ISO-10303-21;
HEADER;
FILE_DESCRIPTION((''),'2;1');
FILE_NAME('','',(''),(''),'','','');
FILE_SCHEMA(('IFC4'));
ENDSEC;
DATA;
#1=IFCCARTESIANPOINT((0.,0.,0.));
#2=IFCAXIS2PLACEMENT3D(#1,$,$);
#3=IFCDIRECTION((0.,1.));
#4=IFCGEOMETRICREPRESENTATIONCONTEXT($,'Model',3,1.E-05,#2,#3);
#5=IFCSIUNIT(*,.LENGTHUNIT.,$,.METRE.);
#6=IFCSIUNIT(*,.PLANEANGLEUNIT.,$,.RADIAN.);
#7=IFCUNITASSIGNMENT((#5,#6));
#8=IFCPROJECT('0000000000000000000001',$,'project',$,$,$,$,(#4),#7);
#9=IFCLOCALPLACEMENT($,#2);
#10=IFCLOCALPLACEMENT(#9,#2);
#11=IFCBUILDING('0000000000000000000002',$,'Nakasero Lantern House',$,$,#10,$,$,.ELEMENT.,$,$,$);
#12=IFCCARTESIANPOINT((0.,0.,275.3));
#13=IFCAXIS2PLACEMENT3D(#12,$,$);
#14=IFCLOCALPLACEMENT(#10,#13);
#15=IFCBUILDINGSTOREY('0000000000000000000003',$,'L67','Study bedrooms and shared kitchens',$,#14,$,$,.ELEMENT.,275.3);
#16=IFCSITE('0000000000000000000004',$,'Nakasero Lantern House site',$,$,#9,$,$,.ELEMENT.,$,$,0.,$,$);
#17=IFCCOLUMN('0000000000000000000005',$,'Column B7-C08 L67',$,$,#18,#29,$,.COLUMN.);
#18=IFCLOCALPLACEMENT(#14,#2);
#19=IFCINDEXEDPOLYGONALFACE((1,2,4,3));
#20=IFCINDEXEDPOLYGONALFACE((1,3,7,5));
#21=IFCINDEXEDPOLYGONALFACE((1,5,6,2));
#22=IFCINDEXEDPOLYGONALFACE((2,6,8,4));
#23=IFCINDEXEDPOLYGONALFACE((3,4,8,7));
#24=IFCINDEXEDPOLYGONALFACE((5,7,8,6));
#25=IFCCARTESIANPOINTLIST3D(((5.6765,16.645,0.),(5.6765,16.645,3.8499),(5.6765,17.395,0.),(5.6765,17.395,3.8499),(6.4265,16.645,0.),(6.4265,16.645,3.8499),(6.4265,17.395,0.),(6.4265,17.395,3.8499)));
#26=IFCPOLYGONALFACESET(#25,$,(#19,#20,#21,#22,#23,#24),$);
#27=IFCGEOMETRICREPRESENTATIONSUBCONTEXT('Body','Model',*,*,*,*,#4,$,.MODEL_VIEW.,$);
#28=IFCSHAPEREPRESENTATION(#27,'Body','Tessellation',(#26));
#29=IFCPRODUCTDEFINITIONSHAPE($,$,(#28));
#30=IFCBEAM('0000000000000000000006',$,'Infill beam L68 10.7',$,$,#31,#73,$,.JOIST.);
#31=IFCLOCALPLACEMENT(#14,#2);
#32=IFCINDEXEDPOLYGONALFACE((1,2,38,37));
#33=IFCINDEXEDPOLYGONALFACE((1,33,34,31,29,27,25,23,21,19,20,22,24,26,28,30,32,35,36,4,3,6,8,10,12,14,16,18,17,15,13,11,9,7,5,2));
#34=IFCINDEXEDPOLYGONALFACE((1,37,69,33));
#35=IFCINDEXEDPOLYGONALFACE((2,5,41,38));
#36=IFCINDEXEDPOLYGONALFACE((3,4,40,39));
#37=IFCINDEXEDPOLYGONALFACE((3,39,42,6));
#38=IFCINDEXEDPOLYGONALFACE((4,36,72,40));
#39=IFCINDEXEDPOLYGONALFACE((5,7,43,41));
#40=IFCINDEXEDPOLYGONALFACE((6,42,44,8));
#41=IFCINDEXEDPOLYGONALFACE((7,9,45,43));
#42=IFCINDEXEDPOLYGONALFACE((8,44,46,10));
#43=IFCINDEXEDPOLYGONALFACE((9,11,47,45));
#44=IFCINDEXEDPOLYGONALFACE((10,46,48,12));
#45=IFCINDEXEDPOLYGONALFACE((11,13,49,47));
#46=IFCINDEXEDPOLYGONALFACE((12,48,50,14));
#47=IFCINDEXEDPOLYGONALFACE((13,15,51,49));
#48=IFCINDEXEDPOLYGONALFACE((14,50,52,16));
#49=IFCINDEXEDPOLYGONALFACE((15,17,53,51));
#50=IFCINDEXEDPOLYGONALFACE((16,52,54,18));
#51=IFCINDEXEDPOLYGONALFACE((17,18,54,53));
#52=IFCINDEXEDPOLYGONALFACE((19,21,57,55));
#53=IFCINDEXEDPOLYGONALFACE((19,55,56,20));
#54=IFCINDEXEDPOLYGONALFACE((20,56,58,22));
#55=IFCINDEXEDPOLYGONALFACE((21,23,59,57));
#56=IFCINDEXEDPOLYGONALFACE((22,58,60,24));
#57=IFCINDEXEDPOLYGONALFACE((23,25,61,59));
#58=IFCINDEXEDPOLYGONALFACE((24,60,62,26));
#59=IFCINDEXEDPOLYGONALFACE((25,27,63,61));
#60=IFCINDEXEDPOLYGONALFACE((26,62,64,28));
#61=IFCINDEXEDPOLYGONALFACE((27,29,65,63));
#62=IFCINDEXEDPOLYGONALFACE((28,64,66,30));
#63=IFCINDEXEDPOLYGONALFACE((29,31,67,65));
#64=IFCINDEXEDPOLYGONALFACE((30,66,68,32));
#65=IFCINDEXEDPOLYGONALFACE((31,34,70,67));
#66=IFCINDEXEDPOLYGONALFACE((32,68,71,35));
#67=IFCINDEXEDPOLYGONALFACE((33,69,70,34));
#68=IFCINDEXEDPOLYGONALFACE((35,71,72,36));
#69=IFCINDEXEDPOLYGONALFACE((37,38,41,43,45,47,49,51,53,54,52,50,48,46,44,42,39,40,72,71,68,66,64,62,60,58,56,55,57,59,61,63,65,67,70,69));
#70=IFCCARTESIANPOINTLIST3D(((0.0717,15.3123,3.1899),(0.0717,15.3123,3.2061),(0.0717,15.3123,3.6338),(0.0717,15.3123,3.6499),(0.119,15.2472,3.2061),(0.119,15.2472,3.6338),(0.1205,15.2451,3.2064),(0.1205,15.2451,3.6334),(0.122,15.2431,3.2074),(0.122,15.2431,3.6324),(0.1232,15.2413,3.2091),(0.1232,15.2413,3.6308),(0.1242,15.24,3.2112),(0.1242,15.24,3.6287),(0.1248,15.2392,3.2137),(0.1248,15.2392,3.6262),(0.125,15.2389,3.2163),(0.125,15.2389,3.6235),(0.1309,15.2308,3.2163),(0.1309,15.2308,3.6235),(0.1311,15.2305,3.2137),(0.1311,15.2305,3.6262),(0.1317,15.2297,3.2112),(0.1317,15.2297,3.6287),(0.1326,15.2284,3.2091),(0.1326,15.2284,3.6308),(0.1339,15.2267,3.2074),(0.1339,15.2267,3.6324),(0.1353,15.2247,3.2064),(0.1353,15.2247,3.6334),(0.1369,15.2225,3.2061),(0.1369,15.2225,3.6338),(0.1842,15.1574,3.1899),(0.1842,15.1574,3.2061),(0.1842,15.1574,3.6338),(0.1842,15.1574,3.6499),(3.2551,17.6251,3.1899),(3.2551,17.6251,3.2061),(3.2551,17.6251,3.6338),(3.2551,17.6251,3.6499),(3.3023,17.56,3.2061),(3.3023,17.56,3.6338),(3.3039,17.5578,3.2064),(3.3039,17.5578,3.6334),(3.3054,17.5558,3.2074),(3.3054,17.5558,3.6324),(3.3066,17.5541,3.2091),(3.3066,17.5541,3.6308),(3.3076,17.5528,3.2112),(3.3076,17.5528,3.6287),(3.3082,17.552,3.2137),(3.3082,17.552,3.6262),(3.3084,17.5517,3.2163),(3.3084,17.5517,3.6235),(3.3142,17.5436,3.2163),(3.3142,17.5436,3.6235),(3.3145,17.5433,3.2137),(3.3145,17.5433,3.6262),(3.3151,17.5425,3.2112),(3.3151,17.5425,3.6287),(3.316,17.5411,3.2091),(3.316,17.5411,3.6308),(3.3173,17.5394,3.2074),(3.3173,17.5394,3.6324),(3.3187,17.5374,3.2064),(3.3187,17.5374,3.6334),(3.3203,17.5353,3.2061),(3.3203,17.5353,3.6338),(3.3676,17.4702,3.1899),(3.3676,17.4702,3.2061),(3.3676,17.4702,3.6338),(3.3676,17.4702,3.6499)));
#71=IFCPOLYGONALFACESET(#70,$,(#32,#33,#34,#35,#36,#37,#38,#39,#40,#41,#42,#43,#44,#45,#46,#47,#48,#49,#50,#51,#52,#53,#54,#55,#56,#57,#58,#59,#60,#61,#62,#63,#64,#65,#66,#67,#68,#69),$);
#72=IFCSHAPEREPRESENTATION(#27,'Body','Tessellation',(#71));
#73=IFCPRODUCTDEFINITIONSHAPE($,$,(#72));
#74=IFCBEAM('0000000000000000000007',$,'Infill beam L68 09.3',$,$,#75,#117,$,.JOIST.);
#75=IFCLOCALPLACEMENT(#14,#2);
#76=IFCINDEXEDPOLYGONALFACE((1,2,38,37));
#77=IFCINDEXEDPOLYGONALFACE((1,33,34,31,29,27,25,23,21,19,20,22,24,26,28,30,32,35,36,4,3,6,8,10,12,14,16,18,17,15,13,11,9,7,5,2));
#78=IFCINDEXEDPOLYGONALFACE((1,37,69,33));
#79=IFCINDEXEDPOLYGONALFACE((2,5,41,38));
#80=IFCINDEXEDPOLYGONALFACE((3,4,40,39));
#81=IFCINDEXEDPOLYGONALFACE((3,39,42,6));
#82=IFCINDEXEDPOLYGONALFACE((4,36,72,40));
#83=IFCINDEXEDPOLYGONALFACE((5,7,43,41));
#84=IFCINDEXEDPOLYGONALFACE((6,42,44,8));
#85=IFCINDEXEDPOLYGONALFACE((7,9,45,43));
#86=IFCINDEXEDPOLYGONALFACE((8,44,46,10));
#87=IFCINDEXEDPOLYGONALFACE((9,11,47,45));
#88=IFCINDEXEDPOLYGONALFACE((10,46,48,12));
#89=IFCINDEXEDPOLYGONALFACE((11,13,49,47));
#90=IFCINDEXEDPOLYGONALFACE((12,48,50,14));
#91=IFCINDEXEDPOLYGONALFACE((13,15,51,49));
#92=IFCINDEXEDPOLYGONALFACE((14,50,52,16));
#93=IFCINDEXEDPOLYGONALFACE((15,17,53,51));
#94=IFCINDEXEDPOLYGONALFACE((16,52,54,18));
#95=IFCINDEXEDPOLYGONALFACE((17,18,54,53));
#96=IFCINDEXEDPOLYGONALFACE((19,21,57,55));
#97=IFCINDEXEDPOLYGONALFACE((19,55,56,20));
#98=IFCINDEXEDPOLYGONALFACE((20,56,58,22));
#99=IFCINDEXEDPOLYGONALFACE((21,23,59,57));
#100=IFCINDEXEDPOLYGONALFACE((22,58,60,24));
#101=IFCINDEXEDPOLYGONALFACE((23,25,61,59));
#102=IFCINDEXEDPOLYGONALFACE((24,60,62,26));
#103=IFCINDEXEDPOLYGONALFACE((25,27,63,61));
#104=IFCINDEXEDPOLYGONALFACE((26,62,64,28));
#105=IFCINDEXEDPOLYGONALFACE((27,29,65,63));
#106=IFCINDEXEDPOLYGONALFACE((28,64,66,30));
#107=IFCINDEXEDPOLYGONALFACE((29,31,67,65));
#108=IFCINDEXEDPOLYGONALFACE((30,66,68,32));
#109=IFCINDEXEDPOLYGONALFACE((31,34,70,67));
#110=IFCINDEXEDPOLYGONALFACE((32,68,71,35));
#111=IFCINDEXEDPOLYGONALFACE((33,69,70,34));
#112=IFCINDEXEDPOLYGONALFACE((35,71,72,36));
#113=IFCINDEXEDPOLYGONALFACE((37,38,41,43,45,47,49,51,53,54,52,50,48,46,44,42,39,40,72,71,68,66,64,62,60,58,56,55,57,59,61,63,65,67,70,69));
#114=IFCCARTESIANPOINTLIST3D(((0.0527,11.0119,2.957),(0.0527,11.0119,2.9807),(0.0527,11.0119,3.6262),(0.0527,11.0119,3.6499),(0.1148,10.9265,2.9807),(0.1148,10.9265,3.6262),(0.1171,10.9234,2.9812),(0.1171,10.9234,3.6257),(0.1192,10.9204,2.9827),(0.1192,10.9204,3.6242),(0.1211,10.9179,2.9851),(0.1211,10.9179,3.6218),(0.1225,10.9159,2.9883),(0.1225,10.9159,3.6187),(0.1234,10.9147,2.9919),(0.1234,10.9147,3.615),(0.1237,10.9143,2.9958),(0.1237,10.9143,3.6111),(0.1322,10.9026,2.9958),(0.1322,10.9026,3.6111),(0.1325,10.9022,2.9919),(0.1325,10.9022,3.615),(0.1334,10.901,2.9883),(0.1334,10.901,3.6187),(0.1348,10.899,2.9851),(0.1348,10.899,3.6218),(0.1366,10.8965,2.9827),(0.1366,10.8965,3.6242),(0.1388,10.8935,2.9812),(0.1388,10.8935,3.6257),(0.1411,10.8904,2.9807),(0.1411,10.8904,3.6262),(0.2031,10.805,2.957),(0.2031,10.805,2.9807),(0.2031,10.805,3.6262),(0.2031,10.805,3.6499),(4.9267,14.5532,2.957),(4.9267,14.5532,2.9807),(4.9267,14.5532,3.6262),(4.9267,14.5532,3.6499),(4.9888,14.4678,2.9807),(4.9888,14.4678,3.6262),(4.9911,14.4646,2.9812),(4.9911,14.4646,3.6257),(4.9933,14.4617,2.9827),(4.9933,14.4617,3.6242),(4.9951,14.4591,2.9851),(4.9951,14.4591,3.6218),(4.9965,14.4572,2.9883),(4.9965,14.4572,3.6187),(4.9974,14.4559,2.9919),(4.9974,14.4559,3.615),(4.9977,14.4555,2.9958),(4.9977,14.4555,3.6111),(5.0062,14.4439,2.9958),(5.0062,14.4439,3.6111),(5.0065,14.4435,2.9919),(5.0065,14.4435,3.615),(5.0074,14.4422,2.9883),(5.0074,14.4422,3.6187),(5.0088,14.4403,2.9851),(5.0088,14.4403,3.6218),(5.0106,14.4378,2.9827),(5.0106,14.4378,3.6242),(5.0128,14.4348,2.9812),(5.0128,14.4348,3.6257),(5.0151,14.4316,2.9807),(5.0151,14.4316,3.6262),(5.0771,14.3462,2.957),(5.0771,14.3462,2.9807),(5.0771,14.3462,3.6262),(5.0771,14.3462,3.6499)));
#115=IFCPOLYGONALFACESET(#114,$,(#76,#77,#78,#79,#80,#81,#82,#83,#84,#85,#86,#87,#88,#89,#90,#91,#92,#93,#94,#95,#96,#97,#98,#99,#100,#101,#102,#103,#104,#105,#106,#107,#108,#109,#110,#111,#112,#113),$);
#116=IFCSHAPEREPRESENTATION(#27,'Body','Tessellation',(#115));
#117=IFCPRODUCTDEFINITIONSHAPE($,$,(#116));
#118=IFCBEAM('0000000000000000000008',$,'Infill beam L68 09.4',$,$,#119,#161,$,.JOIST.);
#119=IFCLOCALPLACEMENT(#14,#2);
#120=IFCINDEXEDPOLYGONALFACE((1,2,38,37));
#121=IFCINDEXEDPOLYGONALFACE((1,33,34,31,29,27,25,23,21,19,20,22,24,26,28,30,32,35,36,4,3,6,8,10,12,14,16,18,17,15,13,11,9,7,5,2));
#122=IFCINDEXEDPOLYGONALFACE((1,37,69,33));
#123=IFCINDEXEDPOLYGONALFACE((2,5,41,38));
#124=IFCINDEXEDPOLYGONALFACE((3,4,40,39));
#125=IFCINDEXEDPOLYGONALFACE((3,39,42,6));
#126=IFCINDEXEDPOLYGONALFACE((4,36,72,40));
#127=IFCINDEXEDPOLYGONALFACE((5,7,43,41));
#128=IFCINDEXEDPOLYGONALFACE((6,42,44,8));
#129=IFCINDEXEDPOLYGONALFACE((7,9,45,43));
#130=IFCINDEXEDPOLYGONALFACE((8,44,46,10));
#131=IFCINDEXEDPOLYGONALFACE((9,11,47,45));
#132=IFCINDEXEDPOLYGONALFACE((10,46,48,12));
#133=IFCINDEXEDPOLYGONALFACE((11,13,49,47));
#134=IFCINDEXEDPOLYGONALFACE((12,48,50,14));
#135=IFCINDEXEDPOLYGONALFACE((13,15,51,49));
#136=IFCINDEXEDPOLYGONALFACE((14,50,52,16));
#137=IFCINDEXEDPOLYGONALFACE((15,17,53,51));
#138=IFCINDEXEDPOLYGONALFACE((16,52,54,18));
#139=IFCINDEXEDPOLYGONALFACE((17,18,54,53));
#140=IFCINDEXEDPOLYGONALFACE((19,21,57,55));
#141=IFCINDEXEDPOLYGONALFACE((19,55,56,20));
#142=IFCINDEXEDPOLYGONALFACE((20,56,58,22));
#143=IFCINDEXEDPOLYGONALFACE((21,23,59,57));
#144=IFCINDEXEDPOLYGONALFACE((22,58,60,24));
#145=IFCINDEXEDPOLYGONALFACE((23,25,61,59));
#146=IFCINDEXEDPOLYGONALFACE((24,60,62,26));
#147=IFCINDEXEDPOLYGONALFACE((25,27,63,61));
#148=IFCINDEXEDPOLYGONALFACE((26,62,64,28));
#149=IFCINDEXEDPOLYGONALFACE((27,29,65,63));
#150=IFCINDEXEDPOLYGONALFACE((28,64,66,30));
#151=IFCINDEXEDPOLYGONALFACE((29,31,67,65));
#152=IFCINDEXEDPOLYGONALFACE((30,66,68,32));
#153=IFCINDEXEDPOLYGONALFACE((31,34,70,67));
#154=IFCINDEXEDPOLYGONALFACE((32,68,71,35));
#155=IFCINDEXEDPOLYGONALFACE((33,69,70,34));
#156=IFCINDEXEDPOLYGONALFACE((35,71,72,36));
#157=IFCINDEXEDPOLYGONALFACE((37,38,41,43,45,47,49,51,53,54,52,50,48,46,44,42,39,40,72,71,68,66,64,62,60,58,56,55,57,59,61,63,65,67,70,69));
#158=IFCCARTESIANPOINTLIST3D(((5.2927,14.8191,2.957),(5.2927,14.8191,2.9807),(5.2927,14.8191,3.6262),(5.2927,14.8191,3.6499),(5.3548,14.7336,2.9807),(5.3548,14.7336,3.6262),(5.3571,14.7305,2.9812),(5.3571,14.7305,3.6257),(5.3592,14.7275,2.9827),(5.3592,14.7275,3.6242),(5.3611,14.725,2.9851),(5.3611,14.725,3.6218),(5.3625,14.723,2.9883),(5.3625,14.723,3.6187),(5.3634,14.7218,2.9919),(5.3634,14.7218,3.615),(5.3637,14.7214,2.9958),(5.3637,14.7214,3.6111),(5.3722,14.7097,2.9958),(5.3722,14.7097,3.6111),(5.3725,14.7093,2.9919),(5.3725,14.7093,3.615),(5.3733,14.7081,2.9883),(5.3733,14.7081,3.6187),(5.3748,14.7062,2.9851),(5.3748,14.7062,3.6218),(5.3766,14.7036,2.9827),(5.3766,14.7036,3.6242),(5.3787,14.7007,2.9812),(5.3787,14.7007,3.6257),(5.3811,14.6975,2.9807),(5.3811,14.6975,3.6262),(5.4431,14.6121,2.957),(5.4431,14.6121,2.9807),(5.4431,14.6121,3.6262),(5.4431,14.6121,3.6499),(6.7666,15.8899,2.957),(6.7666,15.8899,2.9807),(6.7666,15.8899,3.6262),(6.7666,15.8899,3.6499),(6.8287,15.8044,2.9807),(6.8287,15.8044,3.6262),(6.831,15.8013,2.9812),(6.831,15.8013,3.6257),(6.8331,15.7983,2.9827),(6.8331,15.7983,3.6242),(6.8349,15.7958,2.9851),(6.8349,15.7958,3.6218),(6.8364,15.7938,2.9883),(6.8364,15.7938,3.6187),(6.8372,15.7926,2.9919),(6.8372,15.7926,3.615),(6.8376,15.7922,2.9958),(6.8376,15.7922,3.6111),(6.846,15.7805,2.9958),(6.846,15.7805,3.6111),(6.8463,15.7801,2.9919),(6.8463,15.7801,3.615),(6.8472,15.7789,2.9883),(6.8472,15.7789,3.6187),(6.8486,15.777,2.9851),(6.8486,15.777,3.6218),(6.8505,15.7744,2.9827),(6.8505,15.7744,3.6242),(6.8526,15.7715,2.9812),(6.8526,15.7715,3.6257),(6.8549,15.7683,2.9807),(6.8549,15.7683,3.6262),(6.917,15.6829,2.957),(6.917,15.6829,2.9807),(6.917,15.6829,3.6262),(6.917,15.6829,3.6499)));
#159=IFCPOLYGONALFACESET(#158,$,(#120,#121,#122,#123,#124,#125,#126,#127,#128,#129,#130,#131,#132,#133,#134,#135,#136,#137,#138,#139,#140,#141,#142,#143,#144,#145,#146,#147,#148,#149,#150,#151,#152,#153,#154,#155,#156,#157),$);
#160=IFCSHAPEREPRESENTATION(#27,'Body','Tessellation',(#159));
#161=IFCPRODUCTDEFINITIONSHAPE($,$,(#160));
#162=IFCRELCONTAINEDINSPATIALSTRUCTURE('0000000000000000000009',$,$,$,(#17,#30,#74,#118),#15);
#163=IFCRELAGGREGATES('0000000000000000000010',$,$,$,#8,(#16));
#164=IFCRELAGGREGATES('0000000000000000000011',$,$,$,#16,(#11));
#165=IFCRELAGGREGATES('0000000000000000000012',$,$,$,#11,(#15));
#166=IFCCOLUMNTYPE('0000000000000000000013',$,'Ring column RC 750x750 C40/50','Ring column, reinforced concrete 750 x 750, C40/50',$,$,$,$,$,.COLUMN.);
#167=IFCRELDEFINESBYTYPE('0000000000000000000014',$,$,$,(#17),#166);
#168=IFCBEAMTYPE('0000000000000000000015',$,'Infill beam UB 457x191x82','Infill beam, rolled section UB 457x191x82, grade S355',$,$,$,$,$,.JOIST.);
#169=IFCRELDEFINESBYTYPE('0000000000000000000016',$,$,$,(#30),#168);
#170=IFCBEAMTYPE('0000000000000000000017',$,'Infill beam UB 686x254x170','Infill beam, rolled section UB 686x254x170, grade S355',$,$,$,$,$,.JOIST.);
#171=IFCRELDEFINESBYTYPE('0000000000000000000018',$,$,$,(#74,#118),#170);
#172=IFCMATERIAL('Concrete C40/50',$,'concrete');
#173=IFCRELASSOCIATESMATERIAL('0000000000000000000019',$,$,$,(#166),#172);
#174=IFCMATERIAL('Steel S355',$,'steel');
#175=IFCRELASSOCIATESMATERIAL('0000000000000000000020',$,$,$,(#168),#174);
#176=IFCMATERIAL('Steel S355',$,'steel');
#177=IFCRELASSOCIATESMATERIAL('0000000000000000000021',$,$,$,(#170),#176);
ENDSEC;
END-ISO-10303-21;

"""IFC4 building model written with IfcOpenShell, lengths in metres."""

from ifc_helpers import new_model, si_unit, direction, frame, origin, origin_2d, place, context, subcontext, project, spatial, rectangle, i_section, extrude, material, material_profile, profile_set, type_object, element, save


model = new_model("IFC4")

# Units and contexts
model_context = context("Model", 3, precision=1e-05, world=origin(), true_north=direction((0.0, 1.0)))
body_context = subcontext(model_context, "Body", "Model", "MODEL_VIEW")
ifc_project = project(units=[si_unit("LENGTHUNIT", "METRE"), si_unit("PLANEANGLEUNIT", "RADIAN")], contexts=[model_context])

# Site, building, storey
site_placement = place(None, origin())
site = spatial("IfcSite", under=ifc_project, at=site_placement, Name="Nakasero Lantern House site", CompositionType="ELEMENT", RefElevation=0.0)
building_placement = place(site_placement, origin())
building = spatial("IfcBuilding", under=site, at=building_placement, Name="Nakasero Lantern House", CompositionType="ELEMENT")
storey_placement = place(building_placement, frame((0.0, 0.0, 275.3)))
storey = spatial("IfcBuildingStorey", under=building, at=storey_placement, Name="L67", Description="Study bedrooms and shared kitchens", CompositionType="ELEMENT", Elevation=275.3)

# Column
ifc_material_1 = material(Name="Concrete C40/50", Category="concrete")
ifc_material_profile_1 = material_profile(ifc_material_1, rectangle(XDim=0.75, YDim=0.75, at=origin_2d()), Name="RC 750x750")
ifc_profile_set_1 = profile_set([ifc_material_profile_1], Name="Concrete C40/50")
column_type = type_object("IfcColumnType", Name="Ring column RC 750x750 C40/50", Description="Ring column, reinforced concrete 750 x 750, C40/50", PredefinedType="COLUMN", material=ifc_profile_set_1)
column_placement = place(storey_placement, frame((6.0515, 17.02, 0.0), z_axis=(0.0, 0.0, 1.0), x_axis=(1.0, 0.0, 0.0)))
element("IfcColumn", 1, at=column_placement, inside=storey, type_object=column_type, Name="Column B7-C08 L67", PredefinedType="COLUMN", context=body_context, shape_type="SweptSolid", body=[
    extrude(rectangle(XDim=0.75, YDim=0.75, at=origin_2d()), origin(), (0.0, 0.0, 1.0), 3.8499),
])

# Beams
ifc_material_2 = material(Name="Steel S355", Category="steel")
ifc_material_profile_2 = material_profile(ifc_material_2, i_section(OverallWidth=0.1914, OverallDepth=0.46, WebThickness=0.01, FlangeThickness=0.0161, FilletRadius=0.0103, at=origin_2d()), Name="UB 457x191x82")
ifc_profile_set_2 = profile_set([ifc_material_profile_2], Name="Steel S355")
beam_type_1 = type_object("IfcBeamType", Name="Infill beam UB 457x191x82", Description="Infill beam, rolled section UB 457x191x82, grade S355", PredefinedType="JOIST", material=ifc_profile_set_2)
beam_1_placement = place(storey_placement, frame((0.1279, 15.2349, 3.4199), z_axis=(0.809028, 0.587769, 0.0), x_axis=(-0.587769, 0.809028, 0.0)))
element("IfcBeam", 2, at=beam_1_placement, inside=storey, type_object=beam_type_1, Name="Infill beam L68 10.7", PredefinedType="JOIST", context=body_context, shape_type="SweptSolid", body=[
    extrude(i_section(OverallWidth=0.1914, OverallDepth=0.46, WebThickness=0.01, FlangeThickness=0.0161, FilletRadius=0.0103, at=origin_2d()), origin(), (0.0, 0.0, 1.0), 3.9348),
])
ifc_material_3 = material(Name="Steel S355", Category="steel")
ifc_material_profile_3 = material_profile(ifc_material_3, i_section(OverallWidth=0.2559, OverallDepth=0.6929, WebThickness=0.0144, FlangeThickness=0.0237, FilletRadius=0.0151, at=origin_2d()), Name="UB 686x254x170")
ifc_profile_set_3 = profile_set([ifc_material_profile_3], Name="Steel S355")
beam_type_2 = type_object("IfcBeamType", Name="Infill beam UB 686x254x170", Description="Infill beam, rolled section UB 686x254x170, grade S355", PredefinedType="JOIST", material=ifc_profile_set_3)
beam_2_placement = place(storey_placement, frame((0.1279, 10.9084, 3.3035), z_axis=(0.809011, 0.587793, 0.0), x_axis=(-0.587793, 0.809011, 0.0)))
element("IfcBeam", 3, at=beam_2_placement, inside=storey, type_object=beam_type_2, Name="Infill beam L68 09.3", PredefinedType="JOIST", context=body_context, shape_type="SweptSolid", body=[
    extrude(i_section(OverallWidth=0.2559, OverallDepth=0.6929, WebThickness=0.0144, FlangeThickness=0.0237, FilletRadius=0.0151, at=origin_2d()), origin(), (0.0, 0.0, 1.0), 6.0247),
])
beam_3_placement = place(storey_placement, frame((5.3679, 14.7156, 3.3035), z_axis=(0.809026, 0.587773, 0.0), x_axis=(-0.587773, 0.809026, 0.0)))
element("IfcBeam", 4, at=beam_3_placement, inside=storey, type_object=beam_type_2, Name="Infill beam L68 09.4", PredefinedType="JOIST", context=body_context, shape_type="SweptSolid", body=[
    extrude(i_section(OverallWidth=0.2559, OverallDepth=0.6929, WebThickness=0.0144, FlangeThickness=0.0237, FilletRadius=0.0151, at=origin_2d()), origin(), (0.0, 0.0, 1.0), 1.8218),
])

save(model, "model.ifc")
